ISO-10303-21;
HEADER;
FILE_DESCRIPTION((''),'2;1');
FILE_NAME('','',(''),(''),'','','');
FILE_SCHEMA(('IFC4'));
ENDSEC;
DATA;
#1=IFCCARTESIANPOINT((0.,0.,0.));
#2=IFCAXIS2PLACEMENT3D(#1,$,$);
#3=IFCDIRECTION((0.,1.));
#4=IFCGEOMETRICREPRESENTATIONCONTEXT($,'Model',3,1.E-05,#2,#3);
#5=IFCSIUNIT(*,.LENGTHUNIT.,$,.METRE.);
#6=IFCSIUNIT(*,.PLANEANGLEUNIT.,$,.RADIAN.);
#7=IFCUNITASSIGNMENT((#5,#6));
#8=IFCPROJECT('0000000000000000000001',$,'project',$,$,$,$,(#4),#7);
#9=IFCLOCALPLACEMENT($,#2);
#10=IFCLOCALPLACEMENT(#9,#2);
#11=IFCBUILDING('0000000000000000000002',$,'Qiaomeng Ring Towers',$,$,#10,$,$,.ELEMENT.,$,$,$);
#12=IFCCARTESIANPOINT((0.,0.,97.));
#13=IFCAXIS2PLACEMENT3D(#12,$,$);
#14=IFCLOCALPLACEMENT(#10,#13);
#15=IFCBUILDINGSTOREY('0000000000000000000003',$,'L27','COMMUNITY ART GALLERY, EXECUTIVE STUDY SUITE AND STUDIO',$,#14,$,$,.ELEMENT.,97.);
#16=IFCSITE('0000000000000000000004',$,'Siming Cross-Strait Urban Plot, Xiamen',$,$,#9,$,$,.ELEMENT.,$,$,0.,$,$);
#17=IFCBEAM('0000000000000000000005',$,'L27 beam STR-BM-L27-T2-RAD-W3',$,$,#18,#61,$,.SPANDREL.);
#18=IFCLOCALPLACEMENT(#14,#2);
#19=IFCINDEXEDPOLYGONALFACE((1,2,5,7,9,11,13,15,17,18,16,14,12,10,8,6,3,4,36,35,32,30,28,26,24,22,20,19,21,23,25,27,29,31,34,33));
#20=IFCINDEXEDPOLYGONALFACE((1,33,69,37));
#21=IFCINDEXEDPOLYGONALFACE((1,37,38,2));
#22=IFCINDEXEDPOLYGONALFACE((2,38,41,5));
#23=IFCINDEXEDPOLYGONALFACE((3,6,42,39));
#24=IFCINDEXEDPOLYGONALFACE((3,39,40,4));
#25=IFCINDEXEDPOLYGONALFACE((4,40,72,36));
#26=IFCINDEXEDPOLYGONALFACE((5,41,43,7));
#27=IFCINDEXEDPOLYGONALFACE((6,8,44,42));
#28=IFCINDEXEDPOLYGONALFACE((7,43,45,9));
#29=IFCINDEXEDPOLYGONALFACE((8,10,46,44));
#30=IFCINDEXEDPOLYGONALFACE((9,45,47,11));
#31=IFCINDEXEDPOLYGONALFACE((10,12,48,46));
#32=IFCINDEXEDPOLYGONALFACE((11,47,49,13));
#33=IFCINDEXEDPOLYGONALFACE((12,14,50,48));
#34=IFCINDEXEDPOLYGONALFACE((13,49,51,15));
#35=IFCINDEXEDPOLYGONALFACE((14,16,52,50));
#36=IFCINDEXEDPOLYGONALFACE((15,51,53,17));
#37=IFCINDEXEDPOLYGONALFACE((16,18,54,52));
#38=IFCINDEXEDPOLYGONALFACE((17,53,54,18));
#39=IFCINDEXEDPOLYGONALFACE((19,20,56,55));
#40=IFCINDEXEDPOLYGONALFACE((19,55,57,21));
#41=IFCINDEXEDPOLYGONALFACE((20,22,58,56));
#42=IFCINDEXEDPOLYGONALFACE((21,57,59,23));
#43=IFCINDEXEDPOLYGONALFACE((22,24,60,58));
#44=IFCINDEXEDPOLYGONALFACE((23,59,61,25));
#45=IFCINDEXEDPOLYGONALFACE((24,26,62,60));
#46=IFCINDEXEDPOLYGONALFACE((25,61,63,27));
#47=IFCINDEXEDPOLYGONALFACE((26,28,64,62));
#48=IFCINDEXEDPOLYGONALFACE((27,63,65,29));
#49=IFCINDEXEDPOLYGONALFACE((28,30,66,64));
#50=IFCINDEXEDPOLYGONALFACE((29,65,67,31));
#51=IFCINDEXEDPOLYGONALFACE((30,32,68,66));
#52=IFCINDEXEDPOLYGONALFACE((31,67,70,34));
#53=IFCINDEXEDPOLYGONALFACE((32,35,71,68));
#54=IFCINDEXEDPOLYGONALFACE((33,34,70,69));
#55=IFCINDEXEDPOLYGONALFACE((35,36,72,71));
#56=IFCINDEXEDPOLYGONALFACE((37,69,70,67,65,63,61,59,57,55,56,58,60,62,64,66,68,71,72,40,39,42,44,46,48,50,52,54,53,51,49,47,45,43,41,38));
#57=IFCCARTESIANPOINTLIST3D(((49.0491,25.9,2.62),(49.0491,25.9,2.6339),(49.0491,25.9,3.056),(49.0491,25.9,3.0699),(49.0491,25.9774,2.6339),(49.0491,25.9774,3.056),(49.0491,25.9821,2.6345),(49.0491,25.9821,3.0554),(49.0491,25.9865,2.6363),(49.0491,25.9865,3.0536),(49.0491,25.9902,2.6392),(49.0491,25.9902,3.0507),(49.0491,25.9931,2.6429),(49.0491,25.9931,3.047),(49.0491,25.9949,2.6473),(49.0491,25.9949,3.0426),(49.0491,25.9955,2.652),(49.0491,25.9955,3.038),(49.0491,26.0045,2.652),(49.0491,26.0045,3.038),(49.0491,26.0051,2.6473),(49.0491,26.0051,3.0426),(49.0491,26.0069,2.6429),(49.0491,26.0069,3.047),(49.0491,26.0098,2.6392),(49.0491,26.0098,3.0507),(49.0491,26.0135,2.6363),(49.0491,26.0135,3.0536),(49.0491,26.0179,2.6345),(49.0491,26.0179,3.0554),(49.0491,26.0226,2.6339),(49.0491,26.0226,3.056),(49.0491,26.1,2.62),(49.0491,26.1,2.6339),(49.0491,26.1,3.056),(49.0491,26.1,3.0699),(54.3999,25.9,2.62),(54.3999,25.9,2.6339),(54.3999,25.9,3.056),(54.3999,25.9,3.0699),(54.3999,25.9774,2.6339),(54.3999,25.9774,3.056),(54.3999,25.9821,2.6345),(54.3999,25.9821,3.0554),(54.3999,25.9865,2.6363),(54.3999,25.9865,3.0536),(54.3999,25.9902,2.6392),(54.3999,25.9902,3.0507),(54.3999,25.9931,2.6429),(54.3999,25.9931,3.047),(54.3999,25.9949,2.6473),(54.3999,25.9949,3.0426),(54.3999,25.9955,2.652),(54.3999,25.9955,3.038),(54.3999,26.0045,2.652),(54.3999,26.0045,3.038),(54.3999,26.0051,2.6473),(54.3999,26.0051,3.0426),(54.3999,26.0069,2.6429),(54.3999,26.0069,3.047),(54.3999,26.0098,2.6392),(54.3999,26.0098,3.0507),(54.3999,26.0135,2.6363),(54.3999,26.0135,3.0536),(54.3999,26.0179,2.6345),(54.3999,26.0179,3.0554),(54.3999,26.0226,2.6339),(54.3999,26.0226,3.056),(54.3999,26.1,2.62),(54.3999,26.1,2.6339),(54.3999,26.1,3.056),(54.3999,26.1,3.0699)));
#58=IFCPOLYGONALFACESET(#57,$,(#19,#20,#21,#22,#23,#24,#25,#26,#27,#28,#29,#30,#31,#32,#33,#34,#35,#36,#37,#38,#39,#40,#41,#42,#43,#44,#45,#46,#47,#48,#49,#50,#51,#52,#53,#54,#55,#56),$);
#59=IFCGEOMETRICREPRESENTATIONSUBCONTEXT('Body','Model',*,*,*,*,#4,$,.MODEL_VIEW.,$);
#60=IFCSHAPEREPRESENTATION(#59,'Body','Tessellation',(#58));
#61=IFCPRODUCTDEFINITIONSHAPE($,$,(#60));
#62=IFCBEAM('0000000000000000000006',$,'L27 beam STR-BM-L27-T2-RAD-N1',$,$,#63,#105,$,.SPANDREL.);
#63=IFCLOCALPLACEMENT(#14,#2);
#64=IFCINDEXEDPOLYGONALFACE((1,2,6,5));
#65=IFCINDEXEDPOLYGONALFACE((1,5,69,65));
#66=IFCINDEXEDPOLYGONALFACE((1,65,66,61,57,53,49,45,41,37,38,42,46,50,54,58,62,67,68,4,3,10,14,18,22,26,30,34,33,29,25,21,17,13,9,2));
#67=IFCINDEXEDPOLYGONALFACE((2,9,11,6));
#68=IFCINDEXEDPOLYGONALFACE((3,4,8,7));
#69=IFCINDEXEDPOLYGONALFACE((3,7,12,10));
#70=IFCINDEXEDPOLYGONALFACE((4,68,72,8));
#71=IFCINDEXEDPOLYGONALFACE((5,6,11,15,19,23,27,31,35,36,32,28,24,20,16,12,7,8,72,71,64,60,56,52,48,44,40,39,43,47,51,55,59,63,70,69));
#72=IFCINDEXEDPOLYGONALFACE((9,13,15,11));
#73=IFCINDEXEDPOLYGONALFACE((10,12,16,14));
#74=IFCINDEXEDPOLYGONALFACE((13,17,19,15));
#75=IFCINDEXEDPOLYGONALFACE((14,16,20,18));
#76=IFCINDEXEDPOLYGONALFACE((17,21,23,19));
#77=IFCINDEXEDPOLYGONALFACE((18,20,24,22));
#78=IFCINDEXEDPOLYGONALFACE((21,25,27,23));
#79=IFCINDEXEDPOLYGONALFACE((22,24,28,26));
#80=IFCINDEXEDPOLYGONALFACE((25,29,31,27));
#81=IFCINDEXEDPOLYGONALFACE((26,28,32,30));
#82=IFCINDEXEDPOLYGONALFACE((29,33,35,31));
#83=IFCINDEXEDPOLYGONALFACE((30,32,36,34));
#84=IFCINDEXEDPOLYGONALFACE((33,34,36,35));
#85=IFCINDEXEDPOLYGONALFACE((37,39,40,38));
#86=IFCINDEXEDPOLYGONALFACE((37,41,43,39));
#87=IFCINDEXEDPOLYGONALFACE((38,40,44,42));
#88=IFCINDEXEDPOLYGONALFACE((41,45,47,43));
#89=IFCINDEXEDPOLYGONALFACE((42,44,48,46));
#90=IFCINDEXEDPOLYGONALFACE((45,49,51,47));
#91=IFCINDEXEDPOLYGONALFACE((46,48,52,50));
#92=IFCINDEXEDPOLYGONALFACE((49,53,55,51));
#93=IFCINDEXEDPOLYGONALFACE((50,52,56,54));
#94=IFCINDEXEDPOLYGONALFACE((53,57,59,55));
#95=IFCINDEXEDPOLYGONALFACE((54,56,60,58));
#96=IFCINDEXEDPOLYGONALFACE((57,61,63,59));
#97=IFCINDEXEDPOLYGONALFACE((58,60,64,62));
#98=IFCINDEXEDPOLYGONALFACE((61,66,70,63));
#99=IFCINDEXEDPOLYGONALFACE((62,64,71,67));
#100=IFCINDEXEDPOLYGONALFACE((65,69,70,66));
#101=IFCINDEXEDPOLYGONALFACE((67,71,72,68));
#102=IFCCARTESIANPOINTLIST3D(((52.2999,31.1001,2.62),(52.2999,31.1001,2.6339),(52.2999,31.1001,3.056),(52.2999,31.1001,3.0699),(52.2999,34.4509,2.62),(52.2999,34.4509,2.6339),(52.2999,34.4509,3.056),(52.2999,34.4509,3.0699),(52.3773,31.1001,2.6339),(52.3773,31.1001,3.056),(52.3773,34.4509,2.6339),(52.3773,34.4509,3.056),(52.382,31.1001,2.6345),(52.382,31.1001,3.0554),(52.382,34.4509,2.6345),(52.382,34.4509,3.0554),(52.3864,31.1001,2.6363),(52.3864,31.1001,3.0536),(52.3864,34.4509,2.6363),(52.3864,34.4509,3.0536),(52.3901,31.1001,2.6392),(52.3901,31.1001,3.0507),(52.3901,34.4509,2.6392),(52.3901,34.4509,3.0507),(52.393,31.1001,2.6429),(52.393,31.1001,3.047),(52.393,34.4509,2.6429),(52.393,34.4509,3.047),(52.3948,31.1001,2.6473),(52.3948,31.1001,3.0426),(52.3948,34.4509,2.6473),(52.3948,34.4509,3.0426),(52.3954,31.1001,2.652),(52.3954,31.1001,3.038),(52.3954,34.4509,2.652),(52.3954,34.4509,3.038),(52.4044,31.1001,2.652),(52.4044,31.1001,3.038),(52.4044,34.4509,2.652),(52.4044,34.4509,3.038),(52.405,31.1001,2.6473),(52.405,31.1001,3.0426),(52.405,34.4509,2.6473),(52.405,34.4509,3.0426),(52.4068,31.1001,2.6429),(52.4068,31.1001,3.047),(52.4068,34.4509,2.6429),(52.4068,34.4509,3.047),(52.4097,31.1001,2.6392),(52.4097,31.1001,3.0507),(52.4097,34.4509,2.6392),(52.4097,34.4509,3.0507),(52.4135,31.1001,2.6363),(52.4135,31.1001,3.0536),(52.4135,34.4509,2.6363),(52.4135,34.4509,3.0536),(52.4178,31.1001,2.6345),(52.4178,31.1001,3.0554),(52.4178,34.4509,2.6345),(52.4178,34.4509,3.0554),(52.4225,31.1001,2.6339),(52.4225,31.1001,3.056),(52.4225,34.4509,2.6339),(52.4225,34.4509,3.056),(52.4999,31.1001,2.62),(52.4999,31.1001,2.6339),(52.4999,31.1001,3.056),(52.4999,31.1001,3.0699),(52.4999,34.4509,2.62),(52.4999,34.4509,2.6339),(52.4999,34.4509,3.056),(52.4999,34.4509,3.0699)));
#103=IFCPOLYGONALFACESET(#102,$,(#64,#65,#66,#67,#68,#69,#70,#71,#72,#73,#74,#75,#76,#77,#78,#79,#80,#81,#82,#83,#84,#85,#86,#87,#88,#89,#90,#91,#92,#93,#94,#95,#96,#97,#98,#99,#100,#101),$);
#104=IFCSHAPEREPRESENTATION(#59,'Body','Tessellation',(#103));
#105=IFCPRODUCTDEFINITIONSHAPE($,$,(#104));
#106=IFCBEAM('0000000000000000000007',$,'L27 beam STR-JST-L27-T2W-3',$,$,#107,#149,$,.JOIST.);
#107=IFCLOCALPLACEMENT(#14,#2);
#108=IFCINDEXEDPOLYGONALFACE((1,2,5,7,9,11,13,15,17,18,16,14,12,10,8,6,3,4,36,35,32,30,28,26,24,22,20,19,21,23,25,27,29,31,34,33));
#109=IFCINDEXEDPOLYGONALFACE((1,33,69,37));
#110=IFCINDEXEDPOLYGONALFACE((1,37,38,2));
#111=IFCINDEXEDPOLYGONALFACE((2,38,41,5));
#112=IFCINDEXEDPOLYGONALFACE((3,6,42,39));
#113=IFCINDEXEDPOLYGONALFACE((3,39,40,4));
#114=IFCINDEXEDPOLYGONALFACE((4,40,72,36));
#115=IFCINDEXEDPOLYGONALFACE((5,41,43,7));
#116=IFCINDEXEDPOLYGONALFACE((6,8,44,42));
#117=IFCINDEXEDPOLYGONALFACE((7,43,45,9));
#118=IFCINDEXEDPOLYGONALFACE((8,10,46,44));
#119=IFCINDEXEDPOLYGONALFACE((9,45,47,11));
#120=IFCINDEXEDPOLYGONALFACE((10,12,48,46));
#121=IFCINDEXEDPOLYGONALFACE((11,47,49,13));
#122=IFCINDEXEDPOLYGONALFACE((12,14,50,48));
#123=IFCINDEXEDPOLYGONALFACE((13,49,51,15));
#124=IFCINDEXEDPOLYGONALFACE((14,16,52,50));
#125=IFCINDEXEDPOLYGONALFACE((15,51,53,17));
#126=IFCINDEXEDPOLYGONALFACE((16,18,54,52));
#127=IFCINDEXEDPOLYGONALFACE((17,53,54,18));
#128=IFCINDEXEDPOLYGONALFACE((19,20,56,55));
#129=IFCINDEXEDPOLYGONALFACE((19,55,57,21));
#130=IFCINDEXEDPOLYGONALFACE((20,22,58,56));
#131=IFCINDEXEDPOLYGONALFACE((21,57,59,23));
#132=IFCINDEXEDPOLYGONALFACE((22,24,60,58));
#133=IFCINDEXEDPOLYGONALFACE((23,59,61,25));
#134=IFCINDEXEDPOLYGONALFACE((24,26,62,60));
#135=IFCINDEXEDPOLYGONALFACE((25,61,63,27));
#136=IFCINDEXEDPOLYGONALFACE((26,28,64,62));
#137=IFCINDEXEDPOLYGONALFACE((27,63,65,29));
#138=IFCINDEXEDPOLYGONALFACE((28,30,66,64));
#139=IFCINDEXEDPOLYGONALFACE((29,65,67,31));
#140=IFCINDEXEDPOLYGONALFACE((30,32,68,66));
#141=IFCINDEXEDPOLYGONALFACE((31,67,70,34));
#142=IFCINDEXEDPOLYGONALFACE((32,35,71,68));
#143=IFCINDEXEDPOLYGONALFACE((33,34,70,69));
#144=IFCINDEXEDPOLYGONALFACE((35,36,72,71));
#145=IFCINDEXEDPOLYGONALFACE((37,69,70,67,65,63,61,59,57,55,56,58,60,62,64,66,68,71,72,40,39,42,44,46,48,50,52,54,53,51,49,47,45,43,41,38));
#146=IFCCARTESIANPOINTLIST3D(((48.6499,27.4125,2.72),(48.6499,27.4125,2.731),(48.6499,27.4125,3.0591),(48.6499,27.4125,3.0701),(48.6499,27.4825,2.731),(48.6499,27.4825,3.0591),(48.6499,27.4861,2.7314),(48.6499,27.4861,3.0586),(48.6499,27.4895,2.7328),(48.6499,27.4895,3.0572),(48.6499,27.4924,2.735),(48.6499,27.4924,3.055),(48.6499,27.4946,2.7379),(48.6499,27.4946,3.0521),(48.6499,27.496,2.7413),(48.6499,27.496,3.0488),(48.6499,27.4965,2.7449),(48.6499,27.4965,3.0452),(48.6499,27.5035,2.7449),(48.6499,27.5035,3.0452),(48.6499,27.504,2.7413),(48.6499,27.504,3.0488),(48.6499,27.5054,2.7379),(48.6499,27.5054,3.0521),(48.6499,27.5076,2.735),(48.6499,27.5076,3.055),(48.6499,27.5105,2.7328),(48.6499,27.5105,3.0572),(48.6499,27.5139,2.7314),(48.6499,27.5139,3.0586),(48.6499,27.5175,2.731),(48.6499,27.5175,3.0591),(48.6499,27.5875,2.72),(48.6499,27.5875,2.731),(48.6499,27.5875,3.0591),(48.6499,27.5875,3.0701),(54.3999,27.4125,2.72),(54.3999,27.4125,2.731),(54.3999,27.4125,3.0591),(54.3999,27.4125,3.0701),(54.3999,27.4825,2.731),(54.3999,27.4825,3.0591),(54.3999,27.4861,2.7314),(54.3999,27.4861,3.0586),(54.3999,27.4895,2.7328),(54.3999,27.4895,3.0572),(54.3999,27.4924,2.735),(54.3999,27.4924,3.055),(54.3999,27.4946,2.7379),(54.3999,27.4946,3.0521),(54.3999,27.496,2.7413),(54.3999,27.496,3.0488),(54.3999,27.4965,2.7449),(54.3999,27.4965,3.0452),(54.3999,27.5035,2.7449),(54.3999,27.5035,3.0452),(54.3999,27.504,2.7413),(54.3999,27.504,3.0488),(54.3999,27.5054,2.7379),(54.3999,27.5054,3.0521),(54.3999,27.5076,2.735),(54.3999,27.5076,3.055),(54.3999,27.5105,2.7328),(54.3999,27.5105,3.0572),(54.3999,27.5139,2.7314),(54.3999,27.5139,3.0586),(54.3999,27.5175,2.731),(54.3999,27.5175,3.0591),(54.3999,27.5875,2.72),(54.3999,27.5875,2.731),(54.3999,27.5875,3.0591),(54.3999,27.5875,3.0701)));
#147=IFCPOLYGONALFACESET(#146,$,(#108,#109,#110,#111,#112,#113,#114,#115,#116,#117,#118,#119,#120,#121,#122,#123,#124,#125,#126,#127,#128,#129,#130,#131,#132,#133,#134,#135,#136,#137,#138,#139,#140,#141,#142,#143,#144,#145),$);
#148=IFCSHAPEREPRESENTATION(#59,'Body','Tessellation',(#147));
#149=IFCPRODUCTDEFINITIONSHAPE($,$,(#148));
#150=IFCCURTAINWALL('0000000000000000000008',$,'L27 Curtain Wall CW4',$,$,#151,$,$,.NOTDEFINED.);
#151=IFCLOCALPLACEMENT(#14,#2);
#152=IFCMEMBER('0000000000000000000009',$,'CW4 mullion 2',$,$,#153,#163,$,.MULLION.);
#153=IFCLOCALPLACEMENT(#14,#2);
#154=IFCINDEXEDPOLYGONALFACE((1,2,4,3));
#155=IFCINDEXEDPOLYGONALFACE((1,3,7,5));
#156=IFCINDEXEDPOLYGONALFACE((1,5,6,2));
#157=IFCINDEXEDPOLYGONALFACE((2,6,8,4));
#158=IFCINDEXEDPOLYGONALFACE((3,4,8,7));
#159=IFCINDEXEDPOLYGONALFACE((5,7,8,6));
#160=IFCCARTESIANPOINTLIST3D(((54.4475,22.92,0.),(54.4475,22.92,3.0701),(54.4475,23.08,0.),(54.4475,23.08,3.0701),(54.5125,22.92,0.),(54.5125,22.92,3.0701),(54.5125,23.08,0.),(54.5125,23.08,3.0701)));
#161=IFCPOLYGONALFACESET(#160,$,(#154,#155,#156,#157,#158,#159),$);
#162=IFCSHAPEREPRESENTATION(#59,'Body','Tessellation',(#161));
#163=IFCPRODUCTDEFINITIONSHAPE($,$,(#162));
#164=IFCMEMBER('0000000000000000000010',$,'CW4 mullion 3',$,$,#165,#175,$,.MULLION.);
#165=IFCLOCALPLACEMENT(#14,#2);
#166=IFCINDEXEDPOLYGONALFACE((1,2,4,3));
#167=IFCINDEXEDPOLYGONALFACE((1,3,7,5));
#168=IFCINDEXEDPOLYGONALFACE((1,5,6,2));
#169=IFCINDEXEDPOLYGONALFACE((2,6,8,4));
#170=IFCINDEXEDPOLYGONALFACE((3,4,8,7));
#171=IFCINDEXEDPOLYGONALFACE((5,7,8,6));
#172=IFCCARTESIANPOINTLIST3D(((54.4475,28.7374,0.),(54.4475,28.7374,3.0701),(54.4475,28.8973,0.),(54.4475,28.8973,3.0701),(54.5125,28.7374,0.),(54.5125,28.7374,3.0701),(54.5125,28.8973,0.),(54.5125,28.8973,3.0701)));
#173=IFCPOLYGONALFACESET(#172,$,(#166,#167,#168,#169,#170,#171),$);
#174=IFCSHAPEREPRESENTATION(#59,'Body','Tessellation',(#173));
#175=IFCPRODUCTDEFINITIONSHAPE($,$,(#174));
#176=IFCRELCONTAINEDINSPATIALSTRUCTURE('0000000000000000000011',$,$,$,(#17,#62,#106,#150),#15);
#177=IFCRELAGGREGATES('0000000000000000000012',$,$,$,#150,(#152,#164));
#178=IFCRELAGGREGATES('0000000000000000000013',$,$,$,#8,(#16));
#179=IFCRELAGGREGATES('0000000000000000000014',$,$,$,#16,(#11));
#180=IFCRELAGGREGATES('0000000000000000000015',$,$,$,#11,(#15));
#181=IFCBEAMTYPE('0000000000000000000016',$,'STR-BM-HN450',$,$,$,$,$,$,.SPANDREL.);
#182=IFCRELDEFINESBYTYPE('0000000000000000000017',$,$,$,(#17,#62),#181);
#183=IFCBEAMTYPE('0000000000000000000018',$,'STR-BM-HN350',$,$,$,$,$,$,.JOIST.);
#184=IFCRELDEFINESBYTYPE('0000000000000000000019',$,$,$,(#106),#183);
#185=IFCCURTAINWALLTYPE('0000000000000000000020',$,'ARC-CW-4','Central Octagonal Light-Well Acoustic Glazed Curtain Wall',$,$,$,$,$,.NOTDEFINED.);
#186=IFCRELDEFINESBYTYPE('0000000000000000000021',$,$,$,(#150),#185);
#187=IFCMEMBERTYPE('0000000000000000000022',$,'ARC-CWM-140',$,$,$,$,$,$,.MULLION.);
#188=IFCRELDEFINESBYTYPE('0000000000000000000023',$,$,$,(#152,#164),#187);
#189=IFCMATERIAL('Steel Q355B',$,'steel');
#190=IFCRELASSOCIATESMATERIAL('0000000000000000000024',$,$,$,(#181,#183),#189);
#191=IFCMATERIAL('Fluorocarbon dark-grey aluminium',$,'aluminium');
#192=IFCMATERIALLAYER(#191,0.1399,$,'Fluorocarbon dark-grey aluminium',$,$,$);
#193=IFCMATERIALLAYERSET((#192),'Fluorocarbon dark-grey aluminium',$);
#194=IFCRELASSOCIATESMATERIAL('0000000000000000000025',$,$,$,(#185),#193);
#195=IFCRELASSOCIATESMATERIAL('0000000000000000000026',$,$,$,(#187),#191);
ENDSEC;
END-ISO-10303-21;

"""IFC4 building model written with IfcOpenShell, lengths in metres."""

from ifc_helpers import new_model, si_unit, direction, frame, origin, origin_2d, place, context, subcontext, project, spatial, rectangle, i_section, extrude, source, transform, mapped, material, layer, layer_set, material_profile, profile_set, type_object, element, aggregate, save


model = new_model("IFC4")

# Units and contexts
model_context = context("Model", 3, precision=1e-05, world=origin(), true_north=direction((0.0, 1.0)))
body_context = subcontext(model_context, "Body", "Model", "MODEL_VIEW")
ifc_project = project(units=[si_unit("LENGTHUNIT", "METRE"), si_unit("PLANEANGLEUNIT", "RADIAN")], contexts=[model_context])

# Site, building, storey
site_placement = place(None, origin())
site = spatial("IfcSite", under=ifc_project, at=site_placement, Name="Siming Cross-Strait Urban Plot, Xiamen", CompositionType="ELEMENT", RefElevation=0.0)
building_placement = place(site_placement, origin())
building = spatial("IfcBuilding", under=site, at=building_placement, Name="Qiaomeng Ring Towers", CompositionType="ELEMENT")
storey_placement = place(building_placement, frame((0.0, 0.0, 97.0)))
storey = spatial("IfcBuildingStorey", under=building, at=storey_placement, Name="L27", Description="COMMUNITY ART GALLERY, EXECUTIVE STUDY SUITE AND STUDIO", CompositionType="ELEMENT", Elevation=97.0)

# Beams
ifc_material_1 = material(Name="Steel Q355B", Category="steel")
ifc_material_profile_1 = material_profile(ifc_material_1, i_section(OverallWidth=0.2, OverallDepth=0.45, WebThickness=0.009, FlangeThickness=0.0139, FilletRadius=0.0181, at=origin_2d()), Name="HN 450x200x9x14")
ifc_profile_set_1 = profile_set([ifc_material_profile_1], Name="Steel Q355B")
beam_type_1 = type_object("IfcBeamType", Name="STR-BM-HN450", PredefinedType="SPANDREL", material=ifc_profile_set_1)
shared_shape_1 = source(origin(), body_context, "Body", "SweptSolid", [
    extrude(i_section(OverallWidth=0.2, OverallDepth=0.45, WebThickness=0.009, FlangeThickness=0.0139, FilletRadius=0.0181, at=origin_2d()), origin(), (0.0, 0.0, 1.0), 5.3508),
])
beam_1_placement = place(storey_placement, frame((49.0491, 26.0, 2.845), z_axis=(1.0, 0.0, 0.0), x_axis=(0.0, 1.0, 0.0)))
element("IfcBeam", 1, at=beam_1_placement, inside=storey, type_object=beam_type_1, Name="L27 beam STR-BM-L27-T2-RAD-W3", PredefinedType="SPANDREL", context=body_context, shape_type="MappedRepresentation", body=[
    mapped(shared_shape_1, transform((0.0, 0.0, 0.0), x_axis=(1.0, 0.0, 0.0), y_axis=(0.0, 1.0, 0.0), z_axis=(0.0, 0.0, 1.0), scale=1.0)),
])
shared_shape_2 = source(origin(), body_context, "Body", "SweptSolid", [
    extrude(i_section(OverallWidth=0.2, OverallDepth=0.45, WebThickness=0.009, FlangeThickness=0.0139, FilletRadius=0.0181, at=origin_2d()), origin(), (0.0, 0.0, 1.0), 3.3508),
])
beam_2_placement = place(storey_placement, frame((52.3999, 34.4509, 2.845), z_axis=(0.0, -1.0, 0.0), x_axis=(1.0, 0.0, 0.0)))
element("IfcBeam", 2, at=beam_2_placement, inside=storey, type_object=beam_type_1, Name="L27 beam STR-BM-L27-T2-RAD-N1", PredefinedType="SPANDREL", context=body_context, shape_type="MappedRepresentation", body=[
    mapped(shared_shape_2, transform((0.0, 0.0, 0.0), x_axis=(1.0, 0.0, 0.0), y_axis=(0.0, 1.0, 0.0), z_axis=(0.0, 0.0, 1.0), scale=1.0)),
])
ifc_material_profile_2 = material_profile(ifc_material_1, i_section(OverallWidth=0.175, OverallDepth=0.3501, WebThickness=0.0071, FlangeThickness=0.011, FilletRadius=0.0139, at=origin_2d()), Name="HN 350x175x7x11")
ifc_profile_set_2 = profile_set([ifc_material_profile_2], Name="Steel Q355B")
beam_type_2 = type_object("IfcBeamType", Name="STR-BM-HN350", PredefinedType="JOIST", material=ifc_profile_set_2)
shared_shape_3 = source(origin(), body_context, "Body", "SweptSolid", [
    extrude(i_section(OverallWidth=0.175, OverallDepth=0.3501, WebThickness=0.0071, FlangeThickness=0.011, FilletRadius=0.0139, at=origin_2d()), origin(), (0.0, 0.0, 1.0), 5.75),
])
beam_3_placement = place(storey_placement, frame((48.6499, 27.5, 2.895), z_axis=(1.0, 0.0, 0.0), x_axis=(0.0, 1.0, 0.0)))
element("IfcBeam", 3, at=beam_3_placement, inside=storey, type_object=beam_type_2, Name="L27 beam STR-JST-L27-T2W-3", PredefinedType="JOIST", context=body_context, shape_type="MappedRepresentation", body=[
    mapped(shared_shape_3, transform((0.0, 0.0, 0.0), x_axis=(1.0, 0.0, 0.0), y_axis=(0.0, 1.0, 0.0), z_axis=(0.0, 0.0, 1.0), scale=1.0)),
])

# Curtain wall, members
ifc_material_2 = material(Name="Fluorocarbon dark-grey aluminium", Category="aluminium")
ifc_layer_1 = layer(ifc_material_2, 0.1399, Name="Fluorocarbon dark-grey aluminium")
ifc_layer_set_1 = layer_set([ifc_layer_1], Name="Fluorocarbon dark-grey aluminium")
curtain_wall_type_1 = type_object("IfcCurtainWallType", Name="ARC-CW-4", Description="Central Octagonal Light-Well Acoustic Glazed Curtain Wall", PredefinedType="NOTDEFINED", material=ifc_layer_set_1)
curtain_wall_1_placement = place(storey_placement, origin())
curtain_wall_1 = element("IfcCurtainWall", 4, at=curtain_wall_1_placement, inside=storey, type_object=curtain_wall_type_1, Name="L27 Curtain Wall CW4", PredefinedType="NOTDEFINED")
ifc_material_profile_3 = material_profile(ifc_material_2, rectangle(XDim=0.0649, YDim=0.1599, at=origin_2d()), Name="ALU MULL 65x160")
ifc_profile_set_3 = profile_set([ifc_material_profile_3], Name="Fluorocarbon dark-grey aluminium")
member_type_1 = type_object("IfcMemberType", Name="ARC-CWM-140", PredefinedType="MULLION", material=ifc_profile_set_3)
shared_shape_4 = source(origin(), body_context, "Body", "SweptSolid", [
    extrude(rectangle(XDim=0.0649, YDim=0.1599, at=origin_2d()), origin(), (0.0, 0.0, 1.0), 3.0701),
])
member_1_placement = place(storey_placement, frame((54.48, 23.0, 0.0), z_axis=(0.0, 0.0, 1.0), x_axis=(-1.0, 0.0, 0.0)))
member_1 = element("IfcMember", 5, at=member_1_placement, type_object=member_type_1, Name="CW4 mullion 2", PredefinedType="MULLION", context=body_context, shape_type="MappedRepresentation", body=[
    mapped(shared_shape_4, transform((0.0, 0.0, 0.0), x_axis=(1.0, 0.0, 0.0), y_axis=(0.0, 1.0, 0.0), z_axis=(0.0, 0.0, 1.0), scale=1.0)),
])
member_2_placement = place(storey_placement, frame((54.48, 28.8174, 0.0), z_axis=(0.0, 0.0, 1.0), x_axis=(-1.0, 0.0, 0.0)))
member_2 = element("IfcMember", 6, at=member_2_placement, type_object=member_type_1, Name="CW4 mullion 3", PredefinedType="MULLION", context=body_context, shape_type="MappedRepresentation", body=[
    mapped(shared_shape_4, transform((0.0, 0.0, 0.0), x_axis=(1.0, 0.0, 0.0), y_axis=(0.0, 1.0, 0.0), z_axis=(0.0, 0.0, 1.0), scale=1.0)),
])

aggregate(curtain_wall_1, [member_1, member_2])

save(model, "model.ifc")
